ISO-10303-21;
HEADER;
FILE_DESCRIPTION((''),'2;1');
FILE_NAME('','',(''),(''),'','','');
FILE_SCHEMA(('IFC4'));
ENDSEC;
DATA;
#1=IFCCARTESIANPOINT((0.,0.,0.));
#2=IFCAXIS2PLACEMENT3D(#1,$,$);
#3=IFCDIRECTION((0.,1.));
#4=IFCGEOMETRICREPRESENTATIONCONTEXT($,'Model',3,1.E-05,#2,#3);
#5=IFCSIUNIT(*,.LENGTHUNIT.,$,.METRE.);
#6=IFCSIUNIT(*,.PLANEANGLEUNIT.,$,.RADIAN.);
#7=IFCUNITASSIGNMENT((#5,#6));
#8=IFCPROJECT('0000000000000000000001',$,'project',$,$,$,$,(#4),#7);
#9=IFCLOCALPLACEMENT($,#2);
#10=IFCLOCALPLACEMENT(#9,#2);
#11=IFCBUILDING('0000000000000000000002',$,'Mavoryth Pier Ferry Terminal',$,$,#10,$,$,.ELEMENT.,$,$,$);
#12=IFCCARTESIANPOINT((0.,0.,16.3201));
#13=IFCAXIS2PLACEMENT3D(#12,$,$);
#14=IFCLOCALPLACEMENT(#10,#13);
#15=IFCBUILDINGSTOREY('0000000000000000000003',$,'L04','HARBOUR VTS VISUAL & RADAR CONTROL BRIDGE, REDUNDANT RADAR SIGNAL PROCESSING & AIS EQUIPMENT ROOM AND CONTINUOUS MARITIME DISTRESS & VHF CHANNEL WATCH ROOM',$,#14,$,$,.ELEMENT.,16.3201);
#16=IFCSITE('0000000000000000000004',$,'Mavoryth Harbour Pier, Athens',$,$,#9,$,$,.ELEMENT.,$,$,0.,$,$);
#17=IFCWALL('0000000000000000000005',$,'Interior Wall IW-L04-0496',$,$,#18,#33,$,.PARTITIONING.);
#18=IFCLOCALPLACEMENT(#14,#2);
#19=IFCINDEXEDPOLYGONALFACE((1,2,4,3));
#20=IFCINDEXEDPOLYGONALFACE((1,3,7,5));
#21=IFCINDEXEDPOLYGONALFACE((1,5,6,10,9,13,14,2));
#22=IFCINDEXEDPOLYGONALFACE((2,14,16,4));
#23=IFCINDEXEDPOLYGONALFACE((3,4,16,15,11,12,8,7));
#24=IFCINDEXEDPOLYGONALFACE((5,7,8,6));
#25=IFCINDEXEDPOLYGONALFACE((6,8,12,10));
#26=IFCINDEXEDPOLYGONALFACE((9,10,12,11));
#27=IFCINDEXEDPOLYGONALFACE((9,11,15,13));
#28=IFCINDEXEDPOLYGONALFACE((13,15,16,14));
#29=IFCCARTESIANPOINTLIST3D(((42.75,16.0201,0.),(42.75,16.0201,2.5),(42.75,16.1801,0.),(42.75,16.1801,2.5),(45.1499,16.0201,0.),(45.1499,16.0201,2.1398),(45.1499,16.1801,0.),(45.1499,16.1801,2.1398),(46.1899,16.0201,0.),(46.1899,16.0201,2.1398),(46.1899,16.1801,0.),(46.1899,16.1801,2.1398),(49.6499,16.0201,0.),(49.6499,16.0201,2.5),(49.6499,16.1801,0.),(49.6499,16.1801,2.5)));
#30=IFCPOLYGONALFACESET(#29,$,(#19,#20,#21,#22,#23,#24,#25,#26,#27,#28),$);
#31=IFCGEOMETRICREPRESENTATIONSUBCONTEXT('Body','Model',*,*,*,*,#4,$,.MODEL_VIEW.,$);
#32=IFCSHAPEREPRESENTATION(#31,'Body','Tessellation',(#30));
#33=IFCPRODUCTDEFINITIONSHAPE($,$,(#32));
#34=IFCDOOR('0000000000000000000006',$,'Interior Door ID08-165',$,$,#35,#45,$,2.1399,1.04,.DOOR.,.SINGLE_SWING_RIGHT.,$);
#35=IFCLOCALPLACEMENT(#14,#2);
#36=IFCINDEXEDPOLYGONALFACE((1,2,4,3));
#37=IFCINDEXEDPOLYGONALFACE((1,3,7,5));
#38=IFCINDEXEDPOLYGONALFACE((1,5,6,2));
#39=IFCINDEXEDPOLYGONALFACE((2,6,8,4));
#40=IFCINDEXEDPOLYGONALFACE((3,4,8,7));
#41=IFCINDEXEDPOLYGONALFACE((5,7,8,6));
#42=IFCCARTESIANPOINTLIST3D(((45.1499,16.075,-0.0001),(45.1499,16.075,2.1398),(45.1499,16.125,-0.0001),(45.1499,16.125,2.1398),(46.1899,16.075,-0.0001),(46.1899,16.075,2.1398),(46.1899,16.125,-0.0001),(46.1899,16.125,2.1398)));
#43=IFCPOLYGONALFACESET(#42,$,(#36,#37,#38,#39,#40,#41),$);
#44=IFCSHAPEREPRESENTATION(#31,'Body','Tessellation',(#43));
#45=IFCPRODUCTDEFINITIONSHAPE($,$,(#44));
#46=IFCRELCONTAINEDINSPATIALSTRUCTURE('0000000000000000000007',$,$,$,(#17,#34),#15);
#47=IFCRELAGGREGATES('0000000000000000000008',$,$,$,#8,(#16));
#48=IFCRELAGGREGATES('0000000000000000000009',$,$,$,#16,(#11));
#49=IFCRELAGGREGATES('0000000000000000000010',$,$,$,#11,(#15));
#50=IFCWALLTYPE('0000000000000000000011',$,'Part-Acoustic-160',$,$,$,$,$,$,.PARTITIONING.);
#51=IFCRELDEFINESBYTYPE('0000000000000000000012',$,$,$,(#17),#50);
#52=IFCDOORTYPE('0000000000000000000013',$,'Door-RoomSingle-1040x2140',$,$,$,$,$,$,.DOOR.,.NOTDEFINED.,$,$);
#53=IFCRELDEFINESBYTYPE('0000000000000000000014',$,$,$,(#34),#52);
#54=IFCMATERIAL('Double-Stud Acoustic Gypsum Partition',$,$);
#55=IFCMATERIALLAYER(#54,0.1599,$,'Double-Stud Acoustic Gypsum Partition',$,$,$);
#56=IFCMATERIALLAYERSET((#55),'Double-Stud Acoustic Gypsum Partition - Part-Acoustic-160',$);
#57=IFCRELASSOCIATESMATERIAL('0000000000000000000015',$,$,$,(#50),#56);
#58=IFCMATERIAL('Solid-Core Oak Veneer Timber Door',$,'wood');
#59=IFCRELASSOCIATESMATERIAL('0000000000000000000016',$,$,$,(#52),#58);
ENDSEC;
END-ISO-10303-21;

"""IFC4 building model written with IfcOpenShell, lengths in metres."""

from ifc_helpers import new_model, si_unit, direction, frame, frame_2d, origin, place, context, subcontext, project, spatial, rectangle, extrude, material, layer, layer_set, type_object, element, fill, save


model = new_model("IFC4")

# Units and contexts
model_context = context("Model", 3, precision=1e-05, world=origin(), true_north=direction((0.0, 1.0)))
body_context = subcontext(model_context, "Body", "Model", "MODEL_VIEW")
ifc_project = project(units=[si_unit("LENGTHUNIT", "METRE"), si_unit("PLANEANGLEUNIT", "RADIAN")], contexts=[model_context])

# Site, building, storey
site_placement = place(None, origin())
site = spatial("IfcSite", under=ifc_project, at=site_placement, Name="Mavoryth Harbour Pier, Athens", CompositionType="ELEMENT", RefElevation=0.0)
building_placement = place(site_placement, origin())
building = spatial("IfcBuilding", under=site, at=building_placement, Name="Mavoryth Pier Ferry Terminal", CompositionType="ELEMENT")
storey_placement = place(building_placement, frame((0.0, 0.0, 16.3201)))
storey = spatial("IfcBuildingStorey", under=building, at=storey_placement, Name="L04", Description="HARBOUR VTS VISUAL & RADAR CONTROL BRIDGE, REDUNDANT RADAR SIGNAL PROCESSING & AIS EQUIPMENT ROOM AND CONTINUOUS MARITIME DISTRESS & VHF CHANNEL WATCH ROOM", CompositionType="ELEMENT", Elevation=16.3201)

# Wall, opening, door
ifc_material_1 = material(Name="Double-Stud Acoustic Gypsum Partition")
ifc_layer_1 = layer(ifc_material_1, 0.1599, Name="Double-Stud Acoustic Gypsum Partition")
ifc_layer_set_1 = layer_set([ifc_layer_1], Name="Double-Stud Acoustic Gypsum Partition - Part-Acoustic-160")
wall_type = type_object("IfcWallType", Name="Part-Acoustic-160", PredefinedType="PARTITIONING", material=ifc_layer_set_1)
wall_placement = place(storey_placement, frame((42.75, 16.1001, 0.0), z_axis=(0.0, 0.0, 1.0), x_axis=(1.0, 0.0, 0.0)))
wall = element("IfcWall", 1, at=wall_placement, inside=storey, type_object=wall_type, Name="Interior Wall IW-L04-0496", PredefinedType="PARTITIONING", context=body_context, shape_type="SweptSolid", body=[
    extrude(rectangle(XDim=6.8999, YDim=0.1599, at=frame_2d((3.45, 0.0))), origin(), (0.0, 0.0, 1.0), 2.5),
])
opening_placement = place(wall_placement, frame((2.3999, 0.0, 0.0)))
opening = element("IfcOpeningElement", 2, at=opening_placement, cuts=wall, PredefinedType="OPENING", context=body_context, shape_type="SweptSolid", body=[
    extrude(rectangle(XDim=1.04, YDim=2.1399, at=frame_2d((0.52, 1.0698))), frame((0.0, 0.0898, 0.0), z_axis=(0.0, -1.0, 0.0), x_axis=(1.0, 0.0, 0.0)), (0.0, 0.0, 1.0), 0.1799),
])
ifc_material_2 = material(Name="Solid-Core Oak Veneer Timber Door", Category="wood")
door_type = type_object("IfcDoorType", Name="Door-RoomSingle-1040x2140", OperationType="NOTDEFINED", PredefinedType="DOOR", material=ifc_material_2)
door_placement = place(opening_placement, origin())
door = element("IfcDoor", 3, at=door_placement, inside=storey, type_object=door_type, Name="Interior Door ID08-165", OperationType="SINGLE_SWING_RIGHT", OverallHeight=2.1399, OverallWidth=1.04, PredefinedType="DOOR", context=body_context, shape_type="SweptSolid", body=[
    extrude(rectangle(XDim=1.04, YDim=2.1399, at=frame_2d((0.52, 1.0698))), frame((0.0, 0.0249, 0.0), z_axis=(0.0, -1.0, 0.0), x_axis=(1.0, 0.0, 0.0)), (0.0, 0.0, 1.0), 0.05),
])
fill(opening, door)

save(model, "model.ifc")
